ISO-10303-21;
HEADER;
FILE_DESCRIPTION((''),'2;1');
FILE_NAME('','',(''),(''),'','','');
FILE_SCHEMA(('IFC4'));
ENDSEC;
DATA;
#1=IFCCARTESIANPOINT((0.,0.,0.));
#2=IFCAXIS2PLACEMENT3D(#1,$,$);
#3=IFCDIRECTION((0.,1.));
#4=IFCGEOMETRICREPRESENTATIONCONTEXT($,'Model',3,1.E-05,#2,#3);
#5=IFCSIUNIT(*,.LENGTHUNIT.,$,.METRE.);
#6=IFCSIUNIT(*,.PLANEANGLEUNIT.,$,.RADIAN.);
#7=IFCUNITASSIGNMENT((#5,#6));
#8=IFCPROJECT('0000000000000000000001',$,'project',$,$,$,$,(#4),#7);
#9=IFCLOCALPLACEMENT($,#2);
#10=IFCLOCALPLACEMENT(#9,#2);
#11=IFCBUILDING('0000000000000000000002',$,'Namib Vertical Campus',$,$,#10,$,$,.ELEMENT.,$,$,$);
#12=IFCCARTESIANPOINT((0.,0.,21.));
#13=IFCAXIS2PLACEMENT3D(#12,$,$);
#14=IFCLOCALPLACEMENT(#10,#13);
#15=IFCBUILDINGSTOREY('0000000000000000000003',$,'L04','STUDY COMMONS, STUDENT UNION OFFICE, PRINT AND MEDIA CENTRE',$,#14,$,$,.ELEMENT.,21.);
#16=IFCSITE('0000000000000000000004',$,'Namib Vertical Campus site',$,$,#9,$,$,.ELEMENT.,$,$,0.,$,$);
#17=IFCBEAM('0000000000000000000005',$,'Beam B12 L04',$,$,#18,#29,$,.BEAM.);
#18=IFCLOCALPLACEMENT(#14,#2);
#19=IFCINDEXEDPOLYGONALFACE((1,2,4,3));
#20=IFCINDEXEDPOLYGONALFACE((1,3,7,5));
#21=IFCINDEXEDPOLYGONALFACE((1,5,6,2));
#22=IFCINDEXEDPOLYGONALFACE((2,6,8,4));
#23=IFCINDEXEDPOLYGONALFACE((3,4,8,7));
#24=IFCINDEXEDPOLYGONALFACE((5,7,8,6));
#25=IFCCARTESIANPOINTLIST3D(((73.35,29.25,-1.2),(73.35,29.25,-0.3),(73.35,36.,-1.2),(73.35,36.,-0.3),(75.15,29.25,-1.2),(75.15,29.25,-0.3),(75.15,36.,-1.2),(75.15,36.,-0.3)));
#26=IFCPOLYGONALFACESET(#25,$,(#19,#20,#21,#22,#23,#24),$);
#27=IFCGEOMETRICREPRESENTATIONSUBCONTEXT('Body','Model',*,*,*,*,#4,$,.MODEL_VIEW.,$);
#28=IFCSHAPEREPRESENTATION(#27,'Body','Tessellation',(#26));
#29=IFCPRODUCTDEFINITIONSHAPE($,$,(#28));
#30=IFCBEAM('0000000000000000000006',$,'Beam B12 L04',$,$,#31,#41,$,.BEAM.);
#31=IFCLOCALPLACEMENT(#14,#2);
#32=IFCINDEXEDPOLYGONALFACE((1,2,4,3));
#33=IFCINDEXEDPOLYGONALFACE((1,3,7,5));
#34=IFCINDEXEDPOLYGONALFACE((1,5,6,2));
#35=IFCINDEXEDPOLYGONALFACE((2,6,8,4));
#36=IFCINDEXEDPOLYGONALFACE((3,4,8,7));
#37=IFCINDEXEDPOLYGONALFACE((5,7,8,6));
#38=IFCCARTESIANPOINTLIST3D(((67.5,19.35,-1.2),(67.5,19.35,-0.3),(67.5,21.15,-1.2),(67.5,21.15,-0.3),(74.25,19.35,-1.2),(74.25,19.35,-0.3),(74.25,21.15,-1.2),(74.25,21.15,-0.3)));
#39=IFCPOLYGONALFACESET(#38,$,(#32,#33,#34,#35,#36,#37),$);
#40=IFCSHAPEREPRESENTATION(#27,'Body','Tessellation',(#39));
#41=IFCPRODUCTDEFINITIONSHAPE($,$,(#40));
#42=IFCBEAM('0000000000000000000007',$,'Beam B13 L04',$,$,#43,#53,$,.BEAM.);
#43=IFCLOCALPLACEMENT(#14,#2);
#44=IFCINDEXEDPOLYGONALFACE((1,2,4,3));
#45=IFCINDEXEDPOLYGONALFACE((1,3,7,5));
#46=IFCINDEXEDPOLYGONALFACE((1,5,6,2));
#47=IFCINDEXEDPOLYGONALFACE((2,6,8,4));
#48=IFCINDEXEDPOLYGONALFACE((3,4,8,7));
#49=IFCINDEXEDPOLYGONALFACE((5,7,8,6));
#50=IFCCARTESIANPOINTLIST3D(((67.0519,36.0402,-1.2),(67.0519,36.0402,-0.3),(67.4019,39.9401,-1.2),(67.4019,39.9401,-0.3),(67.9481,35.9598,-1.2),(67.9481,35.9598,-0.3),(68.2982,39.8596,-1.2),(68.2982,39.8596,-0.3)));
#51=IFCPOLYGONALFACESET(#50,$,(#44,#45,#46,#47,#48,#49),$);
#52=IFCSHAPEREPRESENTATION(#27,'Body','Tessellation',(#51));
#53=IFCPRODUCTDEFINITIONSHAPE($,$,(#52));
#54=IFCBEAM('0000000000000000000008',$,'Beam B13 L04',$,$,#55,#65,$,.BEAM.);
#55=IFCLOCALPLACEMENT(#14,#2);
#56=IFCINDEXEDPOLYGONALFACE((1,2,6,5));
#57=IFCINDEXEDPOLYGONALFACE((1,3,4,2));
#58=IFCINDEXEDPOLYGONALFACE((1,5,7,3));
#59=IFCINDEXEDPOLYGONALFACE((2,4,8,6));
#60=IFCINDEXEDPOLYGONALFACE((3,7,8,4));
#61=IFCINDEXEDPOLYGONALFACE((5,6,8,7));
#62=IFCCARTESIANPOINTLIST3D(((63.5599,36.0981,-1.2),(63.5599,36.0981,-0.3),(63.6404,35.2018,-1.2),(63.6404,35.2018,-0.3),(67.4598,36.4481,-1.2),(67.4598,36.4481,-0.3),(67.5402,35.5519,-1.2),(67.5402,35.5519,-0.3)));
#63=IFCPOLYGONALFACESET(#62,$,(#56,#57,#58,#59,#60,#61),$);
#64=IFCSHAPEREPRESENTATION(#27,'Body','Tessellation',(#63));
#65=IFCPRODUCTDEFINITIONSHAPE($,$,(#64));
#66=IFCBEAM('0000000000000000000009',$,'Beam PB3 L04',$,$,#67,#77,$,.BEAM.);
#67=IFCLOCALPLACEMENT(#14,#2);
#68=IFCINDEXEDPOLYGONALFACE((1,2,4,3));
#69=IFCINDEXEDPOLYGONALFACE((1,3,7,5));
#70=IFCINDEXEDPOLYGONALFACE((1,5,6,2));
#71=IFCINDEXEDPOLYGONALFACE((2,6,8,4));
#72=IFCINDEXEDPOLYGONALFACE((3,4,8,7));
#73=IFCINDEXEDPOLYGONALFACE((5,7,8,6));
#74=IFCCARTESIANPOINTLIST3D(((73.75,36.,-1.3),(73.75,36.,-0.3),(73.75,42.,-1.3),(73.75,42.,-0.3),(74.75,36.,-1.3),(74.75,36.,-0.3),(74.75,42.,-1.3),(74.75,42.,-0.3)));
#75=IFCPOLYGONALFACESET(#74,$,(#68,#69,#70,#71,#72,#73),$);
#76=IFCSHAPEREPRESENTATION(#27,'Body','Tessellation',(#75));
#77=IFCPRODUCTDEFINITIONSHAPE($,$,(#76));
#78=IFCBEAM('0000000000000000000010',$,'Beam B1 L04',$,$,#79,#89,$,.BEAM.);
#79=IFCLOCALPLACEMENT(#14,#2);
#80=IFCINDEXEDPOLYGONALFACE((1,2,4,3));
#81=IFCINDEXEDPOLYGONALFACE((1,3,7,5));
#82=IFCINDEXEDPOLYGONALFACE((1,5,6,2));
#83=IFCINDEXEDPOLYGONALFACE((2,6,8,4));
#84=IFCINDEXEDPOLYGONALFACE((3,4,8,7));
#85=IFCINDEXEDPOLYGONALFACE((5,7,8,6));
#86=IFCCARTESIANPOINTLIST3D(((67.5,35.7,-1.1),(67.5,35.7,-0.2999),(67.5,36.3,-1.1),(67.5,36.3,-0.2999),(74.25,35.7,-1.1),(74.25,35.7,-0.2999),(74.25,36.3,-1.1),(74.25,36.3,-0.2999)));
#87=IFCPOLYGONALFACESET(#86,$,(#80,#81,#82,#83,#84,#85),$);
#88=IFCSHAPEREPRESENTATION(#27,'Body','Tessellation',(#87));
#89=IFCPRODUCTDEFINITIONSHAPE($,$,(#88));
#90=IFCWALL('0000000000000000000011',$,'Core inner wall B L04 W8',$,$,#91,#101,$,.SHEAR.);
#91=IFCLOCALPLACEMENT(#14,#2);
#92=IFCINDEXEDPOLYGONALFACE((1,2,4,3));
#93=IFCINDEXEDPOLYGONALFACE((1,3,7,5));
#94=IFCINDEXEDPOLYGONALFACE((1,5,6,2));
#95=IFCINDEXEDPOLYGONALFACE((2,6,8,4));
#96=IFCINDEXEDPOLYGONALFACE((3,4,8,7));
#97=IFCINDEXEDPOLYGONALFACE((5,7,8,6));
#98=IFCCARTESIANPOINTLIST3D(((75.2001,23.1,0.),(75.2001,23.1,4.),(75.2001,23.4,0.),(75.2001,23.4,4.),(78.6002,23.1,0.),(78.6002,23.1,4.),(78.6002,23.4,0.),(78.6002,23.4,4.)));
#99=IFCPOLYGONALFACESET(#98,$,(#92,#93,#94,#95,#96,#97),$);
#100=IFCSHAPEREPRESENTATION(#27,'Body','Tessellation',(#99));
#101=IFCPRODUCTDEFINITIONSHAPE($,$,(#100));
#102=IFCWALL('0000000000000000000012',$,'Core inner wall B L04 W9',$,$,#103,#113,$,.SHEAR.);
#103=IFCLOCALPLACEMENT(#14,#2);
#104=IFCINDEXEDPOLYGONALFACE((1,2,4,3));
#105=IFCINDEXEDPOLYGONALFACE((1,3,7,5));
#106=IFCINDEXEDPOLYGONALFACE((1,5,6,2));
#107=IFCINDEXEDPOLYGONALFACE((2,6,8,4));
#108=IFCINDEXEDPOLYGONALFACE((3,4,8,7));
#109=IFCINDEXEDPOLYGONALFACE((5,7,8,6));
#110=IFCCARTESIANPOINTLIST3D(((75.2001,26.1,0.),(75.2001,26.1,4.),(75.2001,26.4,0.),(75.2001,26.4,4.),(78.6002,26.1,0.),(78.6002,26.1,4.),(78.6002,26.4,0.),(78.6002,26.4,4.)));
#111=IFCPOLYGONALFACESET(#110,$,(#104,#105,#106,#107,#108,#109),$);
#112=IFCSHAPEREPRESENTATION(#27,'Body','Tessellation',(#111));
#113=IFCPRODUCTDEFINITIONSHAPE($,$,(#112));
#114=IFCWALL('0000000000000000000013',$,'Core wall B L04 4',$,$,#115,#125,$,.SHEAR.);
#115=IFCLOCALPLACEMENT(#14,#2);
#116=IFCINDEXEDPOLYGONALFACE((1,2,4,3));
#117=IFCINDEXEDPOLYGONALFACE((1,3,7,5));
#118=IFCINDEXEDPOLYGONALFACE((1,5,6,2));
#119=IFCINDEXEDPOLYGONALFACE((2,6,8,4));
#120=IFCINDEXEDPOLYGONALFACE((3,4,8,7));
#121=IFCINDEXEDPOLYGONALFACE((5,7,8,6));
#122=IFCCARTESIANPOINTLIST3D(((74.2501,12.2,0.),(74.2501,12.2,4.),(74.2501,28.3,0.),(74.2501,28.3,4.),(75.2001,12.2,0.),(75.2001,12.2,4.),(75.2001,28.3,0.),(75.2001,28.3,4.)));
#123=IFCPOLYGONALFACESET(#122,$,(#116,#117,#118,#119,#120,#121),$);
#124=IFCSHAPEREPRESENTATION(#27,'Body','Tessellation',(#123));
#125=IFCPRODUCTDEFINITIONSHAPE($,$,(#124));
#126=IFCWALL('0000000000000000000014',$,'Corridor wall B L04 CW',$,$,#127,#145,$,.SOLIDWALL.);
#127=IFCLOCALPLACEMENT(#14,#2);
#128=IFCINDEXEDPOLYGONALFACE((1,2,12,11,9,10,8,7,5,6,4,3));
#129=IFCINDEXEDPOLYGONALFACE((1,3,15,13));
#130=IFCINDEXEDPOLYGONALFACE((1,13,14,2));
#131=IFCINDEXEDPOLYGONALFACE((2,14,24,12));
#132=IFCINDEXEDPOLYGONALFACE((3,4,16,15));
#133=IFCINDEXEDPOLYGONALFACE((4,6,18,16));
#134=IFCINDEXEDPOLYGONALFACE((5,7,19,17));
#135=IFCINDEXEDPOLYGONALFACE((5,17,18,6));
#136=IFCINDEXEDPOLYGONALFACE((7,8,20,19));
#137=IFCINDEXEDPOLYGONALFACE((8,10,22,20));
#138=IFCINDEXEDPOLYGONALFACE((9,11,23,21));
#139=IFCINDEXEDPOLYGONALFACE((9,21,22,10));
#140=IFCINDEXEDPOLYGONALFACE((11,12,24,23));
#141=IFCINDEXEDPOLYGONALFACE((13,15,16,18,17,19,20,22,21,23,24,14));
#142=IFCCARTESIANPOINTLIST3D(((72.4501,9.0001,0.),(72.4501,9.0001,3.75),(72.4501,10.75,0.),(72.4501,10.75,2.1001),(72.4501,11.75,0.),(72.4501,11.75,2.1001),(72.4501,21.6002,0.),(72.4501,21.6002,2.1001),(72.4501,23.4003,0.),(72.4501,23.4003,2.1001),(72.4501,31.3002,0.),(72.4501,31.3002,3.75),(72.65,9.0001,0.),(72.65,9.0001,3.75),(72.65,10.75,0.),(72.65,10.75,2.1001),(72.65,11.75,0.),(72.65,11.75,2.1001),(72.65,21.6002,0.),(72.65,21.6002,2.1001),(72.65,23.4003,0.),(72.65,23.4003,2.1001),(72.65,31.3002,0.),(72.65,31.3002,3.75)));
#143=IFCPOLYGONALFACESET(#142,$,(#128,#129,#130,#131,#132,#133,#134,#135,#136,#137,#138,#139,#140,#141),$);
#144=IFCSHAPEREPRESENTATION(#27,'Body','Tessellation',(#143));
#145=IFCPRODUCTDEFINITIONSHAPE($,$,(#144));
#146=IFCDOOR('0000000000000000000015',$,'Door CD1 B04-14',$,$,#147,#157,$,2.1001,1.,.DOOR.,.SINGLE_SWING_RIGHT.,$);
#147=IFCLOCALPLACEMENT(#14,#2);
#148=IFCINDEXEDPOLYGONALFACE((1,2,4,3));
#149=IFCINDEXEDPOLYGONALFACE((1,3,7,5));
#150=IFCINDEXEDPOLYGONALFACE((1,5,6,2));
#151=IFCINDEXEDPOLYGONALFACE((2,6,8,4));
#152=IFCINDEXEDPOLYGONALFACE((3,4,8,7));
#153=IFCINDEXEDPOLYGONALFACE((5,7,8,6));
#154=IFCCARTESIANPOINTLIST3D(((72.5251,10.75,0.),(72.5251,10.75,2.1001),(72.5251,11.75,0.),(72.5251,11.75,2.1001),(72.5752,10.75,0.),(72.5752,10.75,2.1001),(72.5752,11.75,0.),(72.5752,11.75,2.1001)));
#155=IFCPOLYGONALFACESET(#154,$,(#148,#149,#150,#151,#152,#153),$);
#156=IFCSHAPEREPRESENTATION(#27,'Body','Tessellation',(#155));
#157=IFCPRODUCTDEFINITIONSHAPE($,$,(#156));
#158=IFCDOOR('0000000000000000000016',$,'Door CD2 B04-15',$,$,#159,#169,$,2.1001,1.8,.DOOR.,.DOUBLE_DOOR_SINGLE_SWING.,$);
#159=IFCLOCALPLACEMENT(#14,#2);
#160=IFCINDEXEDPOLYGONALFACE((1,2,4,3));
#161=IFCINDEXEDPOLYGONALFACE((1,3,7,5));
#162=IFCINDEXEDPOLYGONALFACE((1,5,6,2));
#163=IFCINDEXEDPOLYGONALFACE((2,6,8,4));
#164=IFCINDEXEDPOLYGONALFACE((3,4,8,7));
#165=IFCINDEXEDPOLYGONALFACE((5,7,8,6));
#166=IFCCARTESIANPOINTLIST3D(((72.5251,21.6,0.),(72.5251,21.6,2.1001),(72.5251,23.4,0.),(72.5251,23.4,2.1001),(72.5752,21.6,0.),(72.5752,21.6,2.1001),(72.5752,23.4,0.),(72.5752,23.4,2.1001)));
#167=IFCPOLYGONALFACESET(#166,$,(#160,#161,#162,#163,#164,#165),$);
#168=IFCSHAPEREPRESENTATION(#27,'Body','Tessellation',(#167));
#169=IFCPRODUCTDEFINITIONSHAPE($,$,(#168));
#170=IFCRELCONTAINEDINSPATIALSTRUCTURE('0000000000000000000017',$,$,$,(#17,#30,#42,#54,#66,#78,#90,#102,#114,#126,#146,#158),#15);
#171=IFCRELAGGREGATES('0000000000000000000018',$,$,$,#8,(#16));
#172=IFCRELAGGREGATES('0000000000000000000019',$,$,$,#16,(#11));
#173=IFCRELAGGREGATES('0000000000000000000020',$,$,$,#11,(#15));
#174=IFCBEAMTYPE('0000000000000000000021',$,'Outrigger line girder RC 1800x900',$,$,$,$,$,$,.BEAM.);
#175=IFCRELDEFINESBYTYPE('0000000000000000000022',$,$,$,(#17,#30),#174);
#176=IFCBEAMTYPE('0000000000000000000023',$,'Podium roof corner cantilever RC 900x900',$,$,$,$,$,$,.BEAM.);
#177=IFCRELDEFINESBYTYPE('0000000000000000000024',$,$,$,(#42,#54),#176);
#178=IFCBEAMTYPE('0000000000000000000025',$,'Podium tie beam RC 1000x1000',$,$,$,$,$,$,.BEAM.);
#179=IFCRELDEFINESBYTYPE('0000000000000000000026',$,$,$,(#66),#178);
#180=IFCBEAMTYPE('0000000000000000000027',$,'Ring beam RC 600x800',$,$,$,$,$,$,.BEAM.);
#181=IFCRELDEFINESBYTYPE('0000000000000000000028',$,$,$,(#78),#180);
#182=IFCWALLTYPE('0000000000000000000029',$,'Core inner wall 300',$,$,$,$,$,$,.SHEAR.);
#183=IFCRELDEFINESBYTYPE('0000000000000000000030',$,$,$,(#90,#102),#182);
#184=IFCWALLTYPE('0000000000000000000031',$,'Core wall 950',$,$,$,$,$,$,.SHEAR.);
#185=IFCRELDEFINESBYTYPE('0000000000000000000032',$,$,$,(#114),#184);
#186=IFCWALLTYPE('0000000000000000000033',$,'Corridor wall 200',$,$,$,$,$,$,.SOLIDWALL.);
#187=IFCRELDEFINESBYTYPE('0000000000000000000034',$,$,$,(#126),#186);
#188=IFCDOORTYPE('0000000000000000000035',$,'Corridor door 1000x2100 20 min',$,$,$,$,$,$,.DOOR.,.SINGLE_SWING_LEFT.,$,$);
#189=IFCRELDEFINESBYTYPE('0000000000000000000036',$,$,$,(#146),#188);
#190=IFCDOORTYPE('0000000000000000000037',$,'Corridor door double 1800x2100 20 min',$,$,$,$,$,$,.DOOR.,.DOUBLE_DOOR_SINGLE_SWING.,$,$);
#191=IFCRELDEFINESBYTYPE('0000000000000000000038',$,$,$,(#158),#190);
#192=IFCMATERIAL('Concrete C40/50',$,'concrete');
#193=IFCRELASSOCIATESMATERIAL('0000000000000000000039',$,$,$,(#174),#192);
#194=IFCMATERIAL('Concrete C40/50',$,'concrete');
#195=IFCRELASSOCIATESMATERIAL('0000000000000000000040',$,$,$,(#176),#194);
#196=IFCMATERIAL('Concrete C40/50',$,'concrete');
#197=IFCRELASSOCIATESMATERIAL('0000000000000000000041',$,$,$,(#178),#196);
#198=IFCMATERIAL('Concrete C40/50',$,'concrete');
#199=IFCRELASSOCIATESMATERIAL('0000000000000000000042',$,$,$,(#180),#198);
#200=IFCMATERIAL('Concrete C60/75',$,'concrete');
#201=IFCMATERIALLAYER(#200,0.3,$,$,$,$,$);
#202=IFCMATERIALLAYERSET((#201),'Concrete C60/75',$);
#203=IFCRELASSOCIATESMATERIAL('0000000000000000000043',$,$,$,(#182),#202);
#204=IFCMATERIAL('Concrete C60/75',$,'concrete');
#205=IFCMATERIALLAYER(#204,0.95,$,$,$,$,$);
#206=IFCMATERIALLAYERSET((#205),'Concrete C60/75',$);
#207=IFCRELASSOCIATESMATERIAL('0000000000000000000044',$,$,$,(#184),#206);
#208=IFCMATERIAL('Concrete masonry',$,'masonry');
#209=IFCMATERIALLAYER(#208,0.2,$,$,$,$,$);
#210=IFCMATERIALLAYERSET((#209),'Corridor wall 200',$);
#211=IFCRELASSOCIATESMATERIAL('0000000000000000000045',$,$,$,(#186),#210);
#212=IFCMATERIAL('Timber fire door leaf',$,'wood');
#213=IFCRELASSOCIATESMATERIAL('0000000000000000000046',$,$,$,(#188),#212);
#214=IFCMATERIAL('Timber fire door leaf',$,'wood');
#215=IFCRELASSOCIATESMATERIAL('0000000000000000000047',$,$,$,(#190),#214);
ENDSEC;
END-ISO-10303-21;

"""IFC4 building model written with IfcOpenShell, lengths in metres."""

from ifc_helpers import new_model, si_unit, direction, frame, frame_2d, origin, origin_2d, place, context, subcontext, project, spatial, rectangle, extrude, material, layer, layer_set, material_profile, profile_set, type_object, element, fill, save


model = new_model("IFC4")

# Units and contexts
model_context = context("Model", 3, precision=1e-05, world=origin(), true_north=direction((0.0, 1.0)))
body_context = subcontext(model_context, "Body", "Model", "MODEL_VIEW")
ifc_project = project(units=[si_unit("LENGTHUNIT", "METRE"), si_unit("PLANEANGLEUNIT", "RADIAN")], contexts=[model_context])

# Site, building, storey
site_placement = place(None, origin())
site = spatial("IfcSite", under=ifc_project, at=site_placement, Name="Namib Vertical Campus site", CompositionType="ELEMENT", RefElevation=0.0)
building_placement = place(site_placement, origin())
building = spatial("IfcBuilding", under=site, at=building_placement, Name="Namib Vertical Campus", CompositionType="ELEMENT")
storey_placement = place(building_placement, frame((0.0, 0.0, 21.0)))
storey = spatial("IfcBuildingStorey", under=building, at=storey_placement, Name="L04", Description="STUDY COMMONS, STUDENT UNION OFFICE, PRINT AND MEDIA CENTRE", CompositionType="ELEMENT", Elevation=21.0)

# Beams
ifc_material_1 = material(Name="Concrete C40/50", Category="concrete")
ifc_material_profile_1 = material_profile(ifc_material_1, rectangle(XDim=1.8, YDim=0.8999, at=origin_2d()))
ifc_profile_set_1 = profile_set([ifc_material_profile_1], Name="Concrete C40/50")
beam_type_1 = type_object("IfcBeamType", Name="Outrigger line girder RC 1800x900", PredefinedType="BEAM", material=ifc_profile_set_1)
for number, where, z_axis, x_axis, name in (
    (1, (74.25, 36.0, -0.75), (0.0, -1.0, 0.0), (1.0, 0.0, 0.0), "Beam B12 L04"),
    (2, (67.5, 20.25, -0.75), (1.0, 0.0, 0.0), (0.0, 1.0, 0.0), "Beam B12 L04"),
):
    element("IfcBeam", number, at=place(storey_placement, frame(where, z_axis=z_axis, x_axis=x_axis)), inside=storey, type_object=beam_type_1, Name=name, PredefinedType="BEAM", context=body_context, shape_type="SweptSolid", body=[
        extrude(rectangle(XDim=1.8, YDim=0.8999, at=origin_2d()), origin(), (0.0, 0.0, 1.0), 6.75),
    ])
ifc_material_2 = material(Name="Concrete C40/50", Category="concrete")
ifc_material_profile_2 = material_profile(ifc_material_2, rectangle(XDim=0.8999, YDim=0.8999, at=origin_2d()))
ifc_profile_set_2 = profile_set([ifc_material_profile_2], Name="Concrete C40/50")
beam_type_2 = type_object("IfcBeamType", Name="Podium roof corner cantilever RC 900x900", PredefinedType="BEAM", material=ifc_profile_set_2)
for number, where, z_axis, x_axis, name in (
    (3, (67.5, 36.0, -0.75), (0.089411, 0.995995, 0.0), (-0.995995, 0.089411, 0.0), "Beam B13 L04"),
    (4, (67.5, 36.0, -0.75), (-0.995995, -0.089411, 0.0), (0.089411, -0.995995, 0.0), "Beam B13 L04"),
):
    element("IfcBeam", number, at=place(storey_placement, frame(where, z_axis=z_axis, x_axis=x_axis)), inside=storey, type_object=beam_type_2, Name=name, PredefinedType="BEAM", context=body_context, shape_type="SweptSolid", body=[
        extrude(rectangle(XDim=0.8999, YDim=0.8999, at=origin_2d()), origin(), (0.0, 0.0, 1.0), 3.9155),
    ])
ifc_material_3 = material(Name="Concrete C40/50", Category="concrete")
ifc_material_profile_3 = material_profile(ifc_material_3, rectangle(XDim=1.0, YDim=1.0, at=origin_2d()))
ifc_profile_set_3 = profile_set([ifc_material_profile_3], Name="Concrete C40/50")
beam_type_3 = type_object("IfcBeamType", Name="Podium tie beam RC 1000x1000", PredefinedType="BEAM", material=ifc_profile_set_3)
beam_1_placement = place(storey_placement, frame((74.25, 36.0, -0.8), z_axis=(0.0, 1.0, 0.0), x_axis=(-1.0, 0.0, 0.0)))
element("IfcBeam", 5, at=beam_1_placement, inside=storey, type_object=beam_type_3, Name="Beam PB3 L04", PredefinedType="BEAM", context=body_context, shape_type="SweptSolid", body=[
    extrude(rectangle(XDim=1.0, YDim=1.0, at=origin_2d()), origin(), (0.0, 0.0, 1.0), 6.0),
])
ifc_material_4 = material(Name="Concrete C40/50", Category="concrete")
ifc_material_profile_4 = material_profile(ifc_material_4, rectangle(XDim=0.6001, YDim=0.8, at=origin_2d()))
ifc_profile_set_4 = profile_set([ifc_material_profile_4], Name="Concrete C40/50")
beam_type_4 = type_object("IfcBeamType", Name="Ring beam RC 600x800", PredefinedType="BEAM", material=ifc_profile_set_4)
beam_2_placement = place(storey_placement, frame((67.5, 36.0, -0.7), z_axis=(1.0, 0.0, 0.0), x_axis=(0.0, 1.0, 0.0)))
element("IfcBeam", 6, at=beam_2_placement, inside=storey, type_object=beam_type_4, Name="Beam B1 L04", PredefinedType="BEAM", context=body_context, shape_type="SweptSolid", body=[
    extrude(rectangle(XDim=0.6001, YDim=0.8, at=origin_2d()), origin(), (0.0, 0.0, 1.0), 6.75),
])

# Walls
ifc_material_5 = material(Name="Concrete C60/75", Category="concrete")
ifc_layer_1 = layer(ifc_material_5, 0.3)
ifc_layer_set_1 = layer_set([ifc_layer_1], Name="Concrete C60/75")
wall_type_1 = type_object("IfcWallType", Name="Core inner wall 300", PredefinedType="SHEAR", material=ifc_layer_set_1)
for number, where, z_axis, x_axis, name in (
    (7, (75.2, 23.25, 0.0), (0.0, 0.0, 1.0), (1.0, 0.0, 0.0), "Core inner wall B L04 W8"),
    (8, (75.2, 26.25, 0.0), (0.0, 0.0, 1.0), (1.0, 0.0, 0.0), "Core inner wall B L04 W9"),
):
    element("IfcWall", number, at=place(storey_placement, frame(where, z_axis=z_axis, x_axis=x_axis)), inside=storey, type_object=wall_type_1, Name=name, PredefinedType="SHEAR", context=body_context, shape_type="SweptSolid", body=[
        extrude(rectangle(XDim=3.4001, YDim=0.3, at=frame_2d((1.7002, 0.0))), origin(), (0.0, 0.0, 1.0), 4.0),
    ])
ifc_material_6 = material(Name="Concrete C60/75", Category="concrete")
ifc_layer_2 = layer(ifc_material_6, 0.95)
ifc_layer_set_2 = layer_set([ifc_layer_2], Name="Concrete C60/75")
wall_type_2 = type_object("IfcWallType", Name="Core wall 950", PredefinedType="SHEAR", material=ifc_layer_set_2)
wall_1_placement = place(storey_placement, frame((74.7251, 28.3, 0.0), z_axis=(0.0, 0.0, 1.0), x_axis=(0.0, -1.0, 0.0)))
element("IfcWall", 9, at=wall_1_placement, inside=storey, type_object=wall_type_2, Name="Core wall B L04 4", PredefinedType="SHEAR", context=body_context, shape_type="SweptSolid", body=[
    extrude(rectangle(XDim=16.1001, YDim=0.95, at=frame_2d((8.05, 0.0))), origin(), (0.0, 0.0, 1.0), 4.0),
])

# Wall, openings, doors
ifc_material_7 = material(Name="Concrete masonry", Category="masonry")
ifc_layer_3 = layer(ifc_material_7, 0.2)
ifc_layer_set_3 = layer_set([ifc_layer_3], Name="Corridor wall 200")
wall_type_3 = type_object("IfcWallType", Name="Corridor wall 200", PredefinedType="SOLIDWALL", material=ifc_layer_set_3)
wall_2_placement = place(storey_placement, frame((72.55, 31.3, 0.0), z_axis=(0.0, 0.0, 1.0), x_axis=(0.0, -1.0, 0.0)))
wall_2 = element("IfcWall", 10, at=wall_2_placement, inside=storey, type_object=wall_type_3, Name="Corridor wall B L04 CW", PredefinedType="SOLIDWALL", context=body_context, shape_type="SweptSolid", body=[
    extrude(rectangle(XDim=22.3, YDim=0.2, at=frame_2d((11.1499, 0.0))), origin(), (0.0, 0.0, 1.0), 3.75),
])
opening_1_placement = place(wall_2_placement, frame((19.55, 0.0, 0.0)))
opening_1 = element("IfcOpeningElement", 11, at=opening_1_placement, cuts=wall_2, PredefinedType="OPENING", context=body_context, shape_type="SweptSolid", body=[
    extrude(rectangle(XDim=1.0, YDim=2.1001, at=frame_2d((0.5, 1.05))), frame((0.0, 0.1099, 0.0), z_axis=(0.0, -1.0, 0.0), x_axis=(1.0, 0.0, 0.0)), (0.0, 0.0, 1.0), 0.22),
])
opening_2_placement = place(wall_2_placement, frame((7.8999, 0.0, 0.0)))
opening_2 = element("IfcOpeningElement", 12, at=opening_2_placement, cuts=wall_2, PredefinedType="OPENING", context=body_context, shape_type="SweptSolid", body=[
    extrude(rectangle(XDim=1.8, YDim=2.1001, at=frame_2d((0.8999, 1.05))), frame((0.0, 0.1099, 0.0), z_axis=(0.0, -1.0, 0.0), x_axis=(1.0, 0.0, 0.0)), (0.0, 0.0, 1.0), 0.22),
])
ifc_material_8 = material(Name="Timber fire door leaf", Category="wood")
door_type_1 = type_object("IfcDoorType", Name="Corridor door 1000x2100 20 min", OperationType="SINGLE_SWING_LEFT", PredefinedType="DOOR", material=ifc_material_8)
door_1_placement = place(opening_1_placement, frame((1.0, 0.0, 0.0), z_axis=(0.0, 0.0, 1.0), x_axis=(-1.0, 0.0, 0.0)))
door_1 = element("IfcDoor", 13, at=door_1_placement, inside=storey, type_object=door_type_1, Name="Door CD1 B04-14", OperationType="SINGLE_SWING_RIGHT", OverallHeight=2.1001, OverallWidth=1.0, PredefinedType="DOOR", context=body_context, shape_type="SweptSolid", body=[
    extrude(rectangle(XDim=1.0, YDim=2.1001, at=frame_2d((0.5, 1.05))), frame((0.0, 0.0249, 0.0), z_axis=(0.0, -1.0, 0.0), x_axis=(1.0, 0.0, 0.0)), (0.0, 0.0, 1.0), 0.05),
])
fill(opening_1, door_1)
ifc_material_9 = material(Name="Timber fire door leaf", Category="wood")
door_type_2 = type_object("IfcDoorType", Name="Corridor door double 1800x2100 20 min", OperationType="DOUBLE_DOOR_SINGLE_SWING", PredefinedType="DOOR", material=ifc_material_9)
door_2_placement = place(opening_2_placement, frame((1.8, 0.0, 0.0), z_axis=(0.0, 0.0, 1.0), x_axis=(-1.0, 0.0, 0.0)))
door_2 = element("IfcDoor", 14, at=door_2_placement, inside=storey, type_object=door_type_2, Name="Door CD2 B04-15", OperationType="DOUBLE_DOOR_SINGLE_SWING", OverallHeight=2.1001, OverallWidth=1.8, PredefinedType="DOOR", context=body_context, shape_type="SweptSolid", body=[
    extrude(rectangle(XDim=1.8, YDim=2.1001, at=frame_2d((0.8999, 1.05))), frame((0.0, 0.0249, 0.0), z_axis=(0.0, -1.0, 0.0), x_axis=(1.0, 0.0, 0.0)), (0.0, 0.0, 1.0), 0.05),
])
fill(opening_2, door_2)

save(model, "model.ifc")
